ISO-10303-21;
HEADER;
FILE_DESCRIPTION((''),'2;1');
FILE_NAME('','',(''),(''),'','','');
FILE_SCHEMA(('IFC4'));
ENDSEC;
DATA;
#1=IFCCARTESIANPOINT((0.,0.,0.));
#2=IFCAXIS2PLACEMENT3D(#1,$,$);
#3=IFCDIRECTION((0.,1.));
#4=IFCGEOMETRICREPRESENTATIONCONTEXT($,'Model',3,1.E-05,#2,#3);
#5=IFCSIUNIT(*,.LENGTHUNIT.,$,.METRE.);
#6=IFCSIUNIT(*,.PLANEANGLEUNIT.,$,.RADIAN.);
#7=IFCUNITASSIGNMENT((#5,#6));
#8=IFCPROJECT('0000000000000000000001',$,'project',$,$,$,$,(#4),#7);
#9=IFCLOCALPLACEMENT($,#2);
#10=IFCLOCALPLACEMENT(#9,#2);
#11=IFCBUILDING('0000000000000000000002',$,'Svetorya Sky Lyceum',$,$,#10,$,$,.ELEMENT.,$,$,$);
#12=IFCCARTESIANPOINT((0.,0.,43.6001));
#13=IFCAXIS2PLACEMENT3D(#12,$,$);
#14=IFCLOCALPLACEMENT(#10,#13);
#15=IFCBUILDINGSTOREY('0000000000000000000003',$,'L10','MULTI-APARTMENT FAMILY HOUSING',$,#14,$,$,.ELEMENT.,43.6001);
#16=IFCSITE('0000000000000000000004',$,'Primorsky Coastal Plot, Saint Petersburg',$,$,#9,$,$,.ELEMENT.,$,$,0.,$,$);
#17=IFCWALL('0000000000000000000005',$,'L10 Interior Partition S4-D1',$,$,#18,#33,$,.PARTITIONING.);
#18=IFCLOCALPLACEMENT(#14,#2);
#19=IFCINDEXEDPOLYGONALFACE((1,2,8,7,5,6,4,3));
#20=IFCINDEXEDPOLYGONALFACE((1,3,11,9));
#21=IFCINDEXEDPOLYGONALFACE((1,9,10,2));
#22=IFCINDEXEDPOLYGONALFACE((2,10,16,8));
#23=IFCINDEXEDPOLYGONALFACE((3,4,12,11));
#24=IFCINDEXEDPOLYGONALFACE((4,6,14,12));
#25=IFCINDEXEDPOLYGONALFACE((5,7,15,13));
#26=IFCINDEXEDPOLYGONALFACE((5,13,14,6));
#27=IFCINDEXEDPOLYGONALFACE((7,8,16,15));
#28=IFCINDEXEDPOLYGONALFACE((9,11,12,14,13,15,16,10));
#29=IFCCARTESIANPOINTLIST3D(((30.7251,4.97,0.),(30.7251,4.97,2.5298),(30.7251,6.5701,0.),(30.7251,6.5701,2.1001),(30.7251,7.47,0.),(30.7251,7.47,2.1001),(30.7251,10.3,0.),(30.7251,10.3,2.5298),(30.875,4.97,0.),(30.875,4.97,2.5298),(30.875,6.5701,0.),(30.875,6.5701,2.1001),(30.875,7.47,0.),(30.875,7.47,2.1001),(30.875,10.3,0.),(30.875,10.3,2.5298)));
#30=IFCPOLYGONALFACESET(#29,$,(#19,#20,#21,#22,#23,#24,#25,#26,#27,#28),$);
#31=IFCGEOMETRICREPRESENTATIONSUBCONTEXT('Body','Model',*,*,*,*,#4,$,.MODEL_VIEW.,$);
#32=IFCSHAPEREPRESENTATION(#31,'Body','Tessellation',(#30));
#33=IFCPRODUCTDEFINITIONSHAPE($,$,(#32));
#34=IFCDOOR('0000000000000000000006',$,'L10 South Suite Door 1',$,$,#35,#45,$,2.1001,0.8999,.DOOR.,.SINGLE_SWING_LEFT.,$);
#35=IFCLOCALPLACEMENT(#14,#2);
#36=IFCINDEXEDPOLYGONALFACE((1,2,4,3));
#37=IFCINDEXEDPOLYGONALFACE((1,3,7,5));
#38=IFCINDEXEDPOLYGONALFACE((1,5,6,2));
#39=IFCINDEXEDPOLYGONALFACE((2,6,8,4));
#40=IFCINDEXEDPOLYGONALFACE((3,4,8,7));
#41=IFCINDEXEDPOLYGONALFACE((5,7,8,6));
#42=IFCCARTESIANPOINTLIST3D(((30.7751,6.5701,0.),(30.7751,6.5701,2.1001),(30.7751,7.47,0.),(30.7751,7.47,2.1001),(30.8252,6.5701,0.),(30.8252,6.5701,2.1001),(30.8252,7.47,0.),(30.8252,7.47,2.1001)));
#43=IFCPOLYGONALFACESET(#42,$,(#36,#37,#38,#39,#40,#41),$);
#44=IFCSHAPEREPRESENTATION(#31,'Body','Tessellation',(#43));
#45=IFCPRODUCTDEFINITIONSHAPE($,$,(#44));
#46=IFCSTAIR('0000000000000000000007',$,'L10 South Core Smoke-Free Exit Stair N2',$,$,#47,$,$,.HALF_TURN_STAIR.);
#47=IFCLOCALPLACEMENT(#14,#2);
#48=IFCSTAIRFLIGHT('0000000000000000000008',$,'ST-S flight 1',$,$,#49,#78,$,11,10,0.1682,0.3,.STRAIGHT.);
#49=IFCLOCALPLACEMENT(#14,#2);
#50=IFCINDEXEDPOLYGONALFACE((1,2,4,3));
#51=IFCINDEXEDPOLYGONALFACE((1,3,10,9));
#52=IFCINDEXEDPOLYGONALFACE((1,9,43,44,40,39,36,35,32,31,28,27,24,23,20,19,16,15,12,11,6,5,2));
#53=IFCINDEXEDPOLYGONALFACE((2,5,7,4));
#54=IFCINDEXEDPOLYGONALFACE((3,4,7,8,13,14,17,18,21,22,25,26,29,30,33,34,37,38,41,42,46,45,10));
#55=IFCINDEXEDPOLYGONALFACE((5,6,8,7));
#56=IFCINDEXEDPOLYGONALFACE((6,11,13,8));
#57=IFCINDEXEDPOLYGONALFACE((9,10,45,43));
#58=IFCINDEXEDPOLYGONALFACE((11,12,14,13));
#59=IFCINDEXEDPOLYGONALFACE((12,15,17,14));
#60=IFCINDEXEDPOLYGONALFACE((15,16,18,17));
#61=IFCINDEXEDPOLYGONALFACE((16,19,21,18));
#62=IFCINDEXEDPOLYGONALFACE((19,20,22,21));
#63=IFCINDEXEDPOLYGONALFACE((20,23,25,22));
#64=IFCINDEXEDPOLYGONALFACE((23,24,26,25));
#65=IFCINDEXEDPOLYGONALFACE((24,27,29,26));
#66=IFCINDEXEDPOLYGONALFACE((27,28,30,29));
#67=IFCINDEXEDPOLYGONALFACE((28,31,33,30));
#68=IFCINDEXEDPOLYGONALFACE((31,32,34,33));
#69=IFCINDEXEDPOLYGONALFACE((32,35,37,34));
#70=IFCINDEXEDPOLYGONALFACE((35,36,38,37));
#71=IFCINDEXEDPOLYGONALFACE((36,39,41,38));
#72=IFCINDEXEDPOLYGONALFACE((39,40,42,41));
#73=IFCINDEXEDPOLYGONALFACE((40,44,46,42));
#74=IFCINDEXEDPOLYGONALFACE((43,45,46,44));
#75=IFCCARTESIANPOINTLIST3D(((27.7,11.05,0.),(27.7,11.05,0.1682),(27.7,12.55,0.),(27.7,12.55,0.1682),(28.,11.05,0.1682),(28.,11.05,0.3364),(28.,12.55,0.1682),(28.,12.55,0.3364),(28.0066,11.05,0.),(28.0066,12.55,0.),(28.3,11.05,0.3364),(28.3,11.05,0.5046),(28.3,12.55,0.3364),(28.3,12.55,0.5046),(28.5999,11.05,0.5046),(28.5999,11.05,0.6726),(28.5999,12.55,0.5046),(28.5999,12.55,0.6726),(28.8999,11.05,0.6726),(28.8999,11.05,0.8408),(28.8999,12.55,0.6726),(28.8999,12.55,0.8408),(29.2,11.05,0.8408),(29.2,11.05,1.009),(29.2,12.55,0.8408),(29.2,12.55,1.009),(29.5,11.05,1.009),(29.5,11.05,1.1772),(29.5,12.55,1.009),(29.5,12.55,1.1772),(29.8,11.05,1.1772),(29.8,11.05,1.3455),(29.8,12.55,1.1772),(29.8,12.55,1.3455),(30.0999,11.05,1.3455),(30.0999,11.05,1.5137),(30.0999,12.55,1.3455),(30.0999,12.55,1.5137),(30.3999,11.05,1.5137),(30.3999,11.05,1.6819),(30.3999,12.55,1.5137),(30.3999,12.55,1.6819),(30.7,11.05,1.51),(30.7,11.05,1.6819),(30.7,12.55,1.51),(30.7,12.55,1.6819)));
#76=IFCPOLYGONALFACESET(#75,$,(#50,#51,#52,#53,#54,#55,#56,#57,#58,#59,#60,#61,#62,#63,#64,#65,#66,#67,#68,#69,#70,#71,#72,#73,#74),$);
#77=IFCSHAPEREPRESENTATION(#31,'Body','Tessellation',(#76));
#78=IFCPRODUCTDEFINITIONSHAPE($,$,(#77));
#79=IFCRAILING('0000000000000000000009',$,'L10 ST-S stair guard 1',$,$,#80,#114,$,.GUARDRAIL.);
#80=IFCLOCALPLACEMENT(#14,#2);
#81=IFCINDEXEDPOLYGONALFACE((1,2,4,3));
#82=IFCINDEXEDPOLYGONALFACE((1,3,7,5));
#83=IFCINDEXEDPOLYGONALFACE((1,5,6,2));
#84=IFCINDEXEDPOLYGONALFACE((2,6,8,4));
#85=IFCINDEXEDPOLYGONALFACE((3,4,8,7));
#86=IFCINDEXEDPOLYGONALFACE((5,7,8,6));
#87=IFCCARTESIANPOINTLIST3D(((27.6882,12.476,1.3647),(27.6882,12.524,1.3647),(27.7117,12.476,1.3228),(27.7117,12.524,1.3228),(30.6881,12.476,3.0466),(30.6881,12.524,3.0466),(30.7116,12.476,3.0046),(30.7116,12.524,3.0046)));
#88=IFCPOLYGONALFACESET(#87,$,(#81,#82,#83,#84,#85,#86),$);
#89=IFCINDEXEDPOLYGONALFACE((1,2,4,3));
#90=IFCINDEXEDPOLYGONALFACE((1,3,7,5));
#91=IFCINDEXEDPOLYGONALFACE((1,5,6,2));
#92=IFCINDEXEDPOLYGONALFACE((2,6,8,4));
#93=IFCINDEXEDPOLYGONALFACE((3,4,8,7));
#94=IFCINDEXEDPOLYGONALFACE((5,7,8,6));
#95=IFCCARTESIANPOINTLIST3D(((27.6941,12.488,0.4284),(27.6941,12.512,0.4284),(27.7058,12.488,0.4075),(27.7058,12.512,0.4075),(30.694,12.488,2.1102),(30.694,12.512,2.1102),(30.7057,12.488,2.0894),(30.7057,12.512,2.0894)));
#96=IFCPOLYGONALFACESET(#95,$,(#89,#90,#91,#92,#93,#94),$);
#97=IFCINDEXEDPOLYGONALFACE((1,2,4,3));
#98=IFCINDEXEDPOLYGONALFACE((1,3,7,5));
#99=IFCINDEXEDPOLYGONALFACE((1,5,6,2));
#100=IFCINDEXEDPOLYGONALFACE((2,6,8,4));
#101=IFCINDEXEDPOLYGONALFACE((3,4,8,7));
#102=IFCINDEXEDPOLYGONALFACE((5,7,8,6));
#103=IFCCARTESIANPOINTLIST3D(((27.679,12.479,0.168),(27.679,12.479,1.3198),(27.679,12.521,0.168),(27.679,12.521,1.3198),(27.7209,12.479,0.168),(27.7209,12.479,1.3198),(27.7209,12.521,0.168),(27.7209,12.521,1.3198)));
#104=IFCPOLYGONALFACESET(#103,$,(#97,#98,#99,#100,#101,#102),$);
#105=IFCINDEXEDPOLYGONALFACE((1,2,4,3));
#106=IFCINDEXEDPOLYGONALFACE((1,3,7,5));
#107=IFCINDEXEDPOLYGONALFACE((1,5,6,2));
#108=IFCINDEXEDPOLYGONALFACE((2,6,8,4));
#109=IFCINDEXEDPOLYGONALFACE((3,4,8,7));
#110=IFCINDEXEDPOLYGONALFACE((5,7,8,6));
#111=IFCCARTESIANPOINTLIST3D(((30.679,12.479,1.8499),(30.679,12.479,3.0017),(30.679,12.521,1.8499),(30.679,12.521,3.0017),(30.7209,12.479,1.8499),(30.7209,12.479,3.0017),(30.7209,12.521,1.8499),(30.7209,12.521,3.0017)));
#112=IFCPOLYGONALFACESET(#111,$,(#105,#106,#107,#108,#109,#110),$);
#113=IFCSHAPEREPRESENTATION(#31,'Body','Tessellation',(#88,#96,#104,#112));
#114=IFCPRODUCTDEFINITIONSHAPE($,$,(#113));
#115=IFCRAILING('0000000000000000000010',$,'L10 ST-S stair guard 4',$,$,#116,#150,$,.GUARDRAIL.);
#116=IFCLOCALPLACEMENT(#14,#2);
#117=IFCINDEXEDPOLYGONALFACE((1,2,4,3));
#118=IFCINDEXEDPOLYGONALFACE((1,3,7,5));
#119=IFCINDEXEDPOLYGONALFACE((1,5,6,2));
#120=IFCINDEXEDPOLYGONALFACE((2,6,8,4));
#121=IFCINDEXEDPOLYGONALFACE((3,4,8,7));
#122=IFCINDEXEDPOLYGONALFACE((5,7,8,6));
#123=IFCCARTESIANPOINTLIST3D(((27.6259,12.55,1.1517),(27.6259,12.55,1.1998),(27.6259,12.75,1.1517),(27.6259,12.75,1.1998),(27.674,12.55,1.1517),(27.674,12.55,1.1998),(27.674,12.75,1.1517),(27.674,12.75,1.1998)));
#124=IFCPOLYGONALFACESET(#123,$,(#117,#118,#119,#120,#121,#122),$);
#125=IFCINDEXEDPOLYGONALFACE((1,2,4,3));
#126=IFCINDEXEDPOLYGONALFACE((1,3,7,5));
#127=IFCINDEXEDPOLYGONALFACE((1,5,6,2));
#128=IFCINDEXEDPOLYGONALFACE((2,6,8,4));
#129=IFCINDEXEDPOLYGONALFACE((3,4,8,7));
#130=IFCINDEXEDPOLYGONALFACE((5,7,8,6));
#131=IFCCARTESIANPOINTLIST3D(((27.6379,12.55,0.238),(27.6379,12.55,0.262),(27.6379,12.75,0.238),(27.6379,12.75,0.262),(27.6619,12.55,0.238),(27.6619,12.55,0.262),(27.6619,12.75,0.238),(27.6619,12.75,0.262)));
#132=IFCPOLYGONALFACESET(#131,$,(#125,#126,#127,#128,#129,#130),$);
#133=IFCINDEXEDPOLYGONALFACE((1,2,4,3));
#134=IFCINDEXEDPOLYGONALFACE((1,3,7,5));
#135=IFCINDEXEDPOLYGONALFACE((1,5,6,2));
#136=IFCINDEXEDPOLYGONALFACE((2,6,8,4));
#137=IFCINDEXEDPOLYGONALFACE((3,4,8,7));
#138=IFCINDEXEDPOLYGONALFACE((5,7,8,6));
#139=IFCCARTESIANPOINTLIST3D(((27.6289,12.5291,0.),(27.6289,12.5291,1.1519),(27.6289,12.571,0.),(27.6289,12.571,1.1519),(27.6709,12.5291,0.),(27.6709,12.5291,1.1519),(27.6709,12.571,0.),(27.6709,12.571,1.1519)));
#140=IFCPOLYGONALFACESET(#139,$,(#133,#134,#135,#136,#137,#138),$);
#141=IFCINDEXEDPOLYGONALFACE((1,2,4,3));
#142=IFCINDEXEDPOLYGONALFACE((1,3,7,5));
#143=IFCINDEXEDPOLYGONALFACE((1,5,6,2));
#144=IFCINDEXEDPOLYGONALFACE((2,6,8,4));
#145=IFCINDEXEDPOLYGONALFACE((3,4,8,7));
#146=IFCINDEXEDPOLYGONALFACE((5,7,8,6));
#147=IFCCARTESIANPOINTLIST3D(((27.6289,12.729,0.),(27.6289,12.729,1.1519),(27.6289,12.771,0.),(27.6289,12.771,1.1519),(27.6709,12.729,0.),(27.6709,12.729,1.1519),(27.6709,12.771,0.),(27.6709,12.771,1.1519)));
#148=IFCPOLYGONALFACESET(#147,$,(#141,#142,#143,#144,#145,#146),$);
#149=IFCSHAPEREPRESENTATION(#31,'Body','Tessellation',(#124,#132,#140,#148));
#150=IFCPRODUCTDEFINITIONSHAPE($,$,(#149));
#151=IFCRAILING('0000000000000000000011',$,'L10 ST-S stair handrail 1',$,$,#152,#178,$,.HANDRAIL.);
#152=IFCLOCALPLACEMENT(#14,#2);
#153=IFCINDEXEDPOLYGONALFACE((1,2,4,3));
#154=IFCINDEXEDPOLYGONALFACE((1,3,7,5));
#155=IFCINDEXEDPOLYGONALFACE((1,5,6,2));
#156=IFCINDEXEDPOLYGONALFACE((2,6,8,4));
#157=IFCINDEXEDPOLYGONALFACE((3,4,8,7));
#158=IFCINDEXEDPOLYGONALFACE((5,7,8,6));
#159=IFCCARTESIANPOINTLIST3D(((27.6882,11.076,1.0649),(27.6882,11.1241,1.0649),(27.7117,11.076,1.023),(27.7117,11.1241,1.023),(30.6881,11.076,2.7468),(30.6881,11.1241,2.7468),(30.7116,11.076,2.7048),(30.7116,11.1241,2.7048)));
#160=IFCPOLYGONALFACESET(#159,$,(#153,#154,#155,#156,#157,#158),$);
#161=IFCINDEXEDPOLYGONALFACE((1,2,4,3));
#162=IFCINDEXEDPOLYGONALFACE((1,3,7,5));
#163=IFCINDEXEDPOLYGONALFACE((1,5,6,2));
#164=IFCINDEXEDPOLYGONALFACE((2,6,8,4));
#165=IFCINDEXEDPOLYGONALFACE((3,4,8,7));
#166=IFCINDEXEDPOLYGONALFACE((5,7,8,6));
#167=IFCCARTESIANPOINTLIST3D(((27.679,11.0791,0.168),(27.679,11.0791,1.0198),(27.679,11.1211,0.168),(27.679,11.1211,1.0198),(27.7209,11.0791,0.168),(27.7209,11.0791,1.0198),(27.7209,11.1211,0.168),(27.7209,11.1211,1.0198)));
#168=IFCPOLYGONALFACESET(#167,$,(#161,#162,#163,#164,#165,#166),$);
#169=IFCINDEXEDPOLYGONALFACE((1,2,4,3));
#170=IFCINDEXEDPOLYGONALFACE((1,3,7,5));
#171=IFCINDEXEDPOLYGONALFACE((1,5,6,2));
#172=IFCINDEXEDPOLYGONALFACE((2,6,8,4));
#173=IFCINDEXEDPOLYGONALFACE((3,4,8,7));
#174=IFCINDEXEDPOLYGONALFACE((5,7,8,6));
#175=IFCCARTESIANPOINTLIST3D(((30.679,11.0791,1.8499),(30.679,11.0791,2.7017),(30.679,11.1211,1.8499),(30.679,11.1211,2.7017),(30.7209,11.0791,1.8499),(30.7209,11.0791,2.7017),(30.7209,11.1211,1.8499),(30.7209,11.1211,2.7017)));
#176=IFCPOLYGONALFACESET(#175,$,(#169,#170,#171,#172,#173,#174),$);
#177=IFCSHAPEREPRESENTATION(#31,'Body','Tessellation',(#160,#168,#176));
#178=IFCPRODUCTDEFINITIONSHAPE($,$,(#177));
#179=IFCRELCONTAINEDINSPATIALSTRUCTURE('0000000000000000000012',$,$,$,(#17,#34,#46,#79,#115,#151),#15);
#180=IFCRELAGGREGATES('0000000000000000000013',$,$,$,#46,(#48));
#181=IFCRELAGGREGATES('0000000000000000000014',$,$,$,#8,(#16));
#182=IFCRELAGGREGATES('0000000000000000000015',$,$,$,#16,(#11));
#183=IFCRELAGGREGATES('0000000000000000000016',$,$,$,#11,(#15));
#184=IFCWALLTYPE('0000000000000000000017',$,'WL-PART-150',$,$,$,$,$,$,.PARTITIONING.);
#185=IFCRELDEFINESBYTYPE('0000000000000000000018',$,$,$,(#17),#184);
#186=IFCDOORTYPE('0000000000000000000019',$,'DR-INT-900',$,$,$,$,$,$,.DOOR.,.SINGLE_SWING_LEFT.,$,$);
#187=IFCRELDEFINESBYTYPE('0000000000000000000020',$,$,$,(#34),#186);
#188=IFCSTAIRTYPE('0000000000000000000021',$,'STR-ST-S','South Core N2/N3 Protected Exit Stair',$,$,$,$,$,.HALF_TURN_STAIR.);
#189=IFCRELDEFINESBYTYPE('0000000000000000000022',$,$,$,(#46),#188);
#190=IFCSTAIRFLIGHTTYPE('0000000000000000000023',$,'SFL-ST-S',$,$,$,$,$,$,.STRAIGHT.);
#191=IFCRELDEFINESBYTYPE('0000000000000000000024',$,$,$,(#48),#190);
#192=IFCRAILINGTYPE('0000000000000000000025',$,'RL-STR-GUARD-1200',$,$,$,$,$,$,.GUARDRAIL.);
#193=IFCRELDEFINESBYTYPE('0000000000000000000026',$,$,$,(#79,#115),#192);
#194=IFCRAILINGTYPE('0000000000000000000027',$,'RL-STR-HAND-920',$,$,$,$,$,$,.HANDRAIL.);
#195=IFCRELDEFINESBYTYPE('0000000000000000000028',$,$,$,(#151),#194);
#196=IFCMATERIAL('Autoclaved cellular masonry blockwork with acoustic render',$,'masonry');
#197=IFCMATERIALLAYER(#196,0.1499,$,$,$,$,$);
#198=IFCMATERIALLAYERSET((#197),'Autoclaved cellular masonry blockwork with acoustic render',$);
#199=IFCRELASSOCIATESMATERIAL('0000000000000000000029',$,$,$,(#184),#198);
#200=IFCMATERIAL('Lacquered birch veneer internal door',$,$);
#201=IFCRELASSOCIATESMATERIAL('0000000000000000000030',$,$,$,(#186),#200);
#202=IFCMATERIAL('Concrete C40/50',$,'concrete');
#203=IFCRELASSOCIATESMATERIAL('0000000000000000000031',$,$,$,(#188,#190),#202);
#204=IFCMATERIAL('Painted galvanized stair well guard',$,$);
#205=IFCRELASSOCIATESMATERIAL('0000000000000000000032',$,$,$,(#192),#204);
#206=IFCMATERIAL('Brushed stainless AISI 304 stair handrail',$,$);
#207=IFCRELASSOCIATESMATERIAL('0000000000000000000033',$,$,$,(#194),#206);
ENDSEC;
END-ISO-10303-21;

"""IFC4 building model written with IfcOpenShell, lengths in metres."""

from ifc_helpers import new_model, si_unit, direction, frame, frame_2d, origin, origin_2d, place, context, subcontext, project, spatial, polyline, rectangle, outline, extrude, material, layer, layer_set, type_object, element, fill, aggregate, save


model = new_model("IFC4")

# Units and contexts
model_context = context("Model", 3, precision=1e-05, world=origin(), true_north=direction((0.0, 1.0)))
body_context = subcontext(model_context, "Body", "Model", "MODEL_VIEW")
ifc_project = project(units=[si_unit("LENGTHUNIT", "METRE"), si_unit("PLANEANGLEUNIT", "RADIAN")], contexts=[model_context])

# Site, building, storey
site_placement = place(None, origin())
site = spatial("IfcSite", under=ifc_project, at=site_placement, Name="Primorsky Coastal Plot, Saint Petersburg", CompositionType="ELEMENT", RefElevation=0.0)
building_placement = place(site_placement, origin())
building = spatial("IfcBuilding", under=site, at=building_placement, Name="Svetorya Sky Lyceum", CompositionType="ELEMENT")
storey_placement = place(building_placement, frame((0.0, 0.0, 43.6001)))
storey = spatial("IfcBuildingStorey", under=building, at=storey_placement, Name="L10", Description="MULTI-APARTMENT FAMILY HOUSING", CompositionType="ELEMENT", Elevation=43.6001)

# Shared definitions
ifc_material_1 = material(Name="Concrete C40/50", Category="concrete")

# Wall, opening, door
ifc_material_2 = material(Name="Autoclaved cellular masonry blockwork with acoustic render", Category="masonry")
ifc_layer_1 = layer(ifc_material_2, 0.1499)
ifc_layer_set_1 = layer_set([ifc_layer_1], Name="Autoclaved cellular masonry blockwork with acoustic render")
wall_type_1 = type_object("IfcWallType", Name="WL-PART-150", PredefinedType="PARTITIONING", material=ifc_layer_set_1)
wall_1_placement = place(storey_placement, frame((30.8, 4.97, 0.0), z_axis=(0.0, 0.0, 1.0), x_axis=(0.0, 1.0, 0.0)))
wall_1 = element("IfcWall", 1, at=wall_1_placement, inside=storey, type_object=wall_type_1, Name="L10 Interior Partition S4-D1", PredefinedType="PARTITIONING", context=body_context, shape_type="SweptSolid", body=[
    extrude(rectangle(XDim=5.3301, YDim=0.1499, at=frame_2d((2.665, 0.0))), origin(), (0.0, 0.0, 1.0), 2.5298),
])
opening_placement = place(wall_1_placement, frame((1.6001, 0.0, 0.0)))
opening = element("IfcOpeningElement", 2, at=opening_placement, cuts=wall_1, PredefinedType="OPENING", context=body_context, shape_type="SweptSolid", body=[
    extrude(rectangle(XDim=0.8999, YDim=2.1001, at=frame_2d((0.45, 1.05))), frame((0.0, 0.085, 0.0), z_axis=(0.0, -1.0, 0.0), x_axis=(1.0, 0.0, 0.0)), (0.0, 0.0, 1.0), 0.1699),
])
ifc_material_3 = material(Name="Lacquered birch veneer internal door")
door_type = type_object("IfcDoorType", Name="DR-INT-900", OperationType="SINGLE_SWING_LEFT", PredefinedType="DOOR", material=ifc_material_3)
door_placement = place(opening_placement, origin())
door = element("IfcDoor", 3, at=door_placement, inside=storey, type_object=door_type, Name="L10 South Suite Door 1", OperationType="SINGLE_SWING_LEFT", OverallHeight=2.1001, OverallWidth=0.8999, PredefinedType="DOOR", context=body_context, shape_type="SweptSolid", body=[
    extrude(rectangle(XDim=0.8999, YDim=2.1001, at=frame_2d((0.45, 1.05))), frame((0.0, 0.0249, 0.0), z_axis=(0.0, -1.0, 0.0), x_axis=(1.0, 0.0, 0.0)), (0.0, 0.0, 1.0), 0.05),
])
fill(opening, door)

# Stair, stair flight
stair_type = type_object("IfcStairType", Name="STR-ST-S", Description="South Core N2/N3 Protected Exit Stair", PredefinedType="HALF_TURN_STAIR", material=ifc_material_1)
stair_placement = place(storey_placement, origin())
stair = element("IfcStair", 4, at=stair_placement, inside=storey, type_object=stair_type, Name="L10 South Core Smoke-Free Exit Stair N2", PredefinedType="HALF_TURN_STAIR")
stair_flight_type = type_object("IfcStairFlightType", Name="SFL-ST-S", PredefinedType="STRAIGHT", material=ifc_material_1)
stair_flight_placement = place(storey_placement, frame((27.7, 11.8, 0.0), z_axis=(0.0, 0.0, 1.0), x_axis=(1.0, 0.0, 0.0)))
stair_flight = element("IfcStairFlight", 5, at=stair_flight_placement, type_object=stair_flight_type, Name="ST-S flight 1", NumberOfRisers=11, NumberOfTreads=10, PredefinedType="STRAIGHT", RiserHeight=0.1682, TreadLength=0.3, context=body_context, shape_type="SweptSolid", body=[
    extrude(outline(polyline([(0.0, 0.0), (0.0, 0.1682), (0.3, 0.1682), (0.3, 0.3364), (0.6001, 0.3364), (0.6001, 0.5046), (0.8999, 0.5046), (0.8999, 0.6726), (1.2, 0.6726), (1.2, 0.8408), (1.5, 0.8408), (1.5, 1.009), (1.8, 1.009), (1.8, 1.1772), (2.1001, 1.1772), (2.1001, 1.3455), (2.3999, 1.3455), (2.3999, 1.5137), (2.7, 1.5137), (2.7, 1.6819), (3.0, 1.6819), (3.0, 1.8501), (3.0, 1.51), (0.3066, 0.0), (0.0, 0.0)])), frame((0.0, 0.75, 0.0), z_axis=(0.0, -1.0, 0.0), x_axis=(1.0, 0.0, 0.0)), (0.0, 0.0, 1.0), 1.5),
])
aggregate(stair, [stair_flight])

# Railings
ifc_material_4 = material(Name="Painted galvanized stair well guard")
railing_type_1 = type_object("IfcRailingType", Name="RL-STR-GUARD-1200", PredefinedType="GUARDRAIL", material=ifc_material_4)
railing_1_placement = place(storey_placement, frame((27.7, 12.5, 0.168)))
element("IfcRailing", 6, at=railing_1_placement, inside=storey, type_object=railing_type_1, Name="L10 ST-S stair guard 1", PredefinedType="GUARDRAIL", context=body_context, shape_type="SweptSolid", body=[
    extrude(rectangle(XDim=0.0481, YDim=0.0481, at=origin_2d()), frame((0.0, 0.0, 1.1758), z_axis=(0.872272, 0.0, 0.48902), x_axis=(0.0, 1.0, 0.0)), (0.0, 0.0, 1.0), 3.4392),
    extrude(rectangle(XDim=0.0239, YDim=0.0239, at=origin_2d()), frame((0.0, 0.0, 0.25), z_axis=(0.872272, 0.0, 0.48902), x_axis=(0.0, 1.0, 0.0)), (0.0, 0.0, 1.0), 3.4392),
    extrude(rectangle(XDim=0.042, YDim=0.042, at=origin_2d()), origin(), (0.0, 0.0, 1.0), 1.1519),
    extrude(rectangle(XDim=0.042, YDim=0.042, at=origin_2d()), frame((3.0, 0.0, 1.6819)), (0.0, 0.0, 1.0), 1.1519),
])
railing_2_placement = place(storey_placement, frame((27.6499, 12.55, 0.0)))
element("IfcRailing", 7, at=railing_2_placement, inside=storey, type_object=railing_type_1, Name="L10 ST-S stair guard 4", PredefinedType="GUARDRAIL", context=body_context, shape_type="SweptSolid", body=[
    extrude(rectangle(XDim=0.0481, YDim=0.0481, at=origin_2d()), frame((0.0, 0.0, 1.1758), z_axis=(0.0, 1.0, 0.0), x_axis=(-1.0, 0.0, 0.0)), (0.0, 0.0, 1.0), 0.2),
    extrude(rectangle(XDim=0.0239, YDim=0.0239, at=origin_2d()), frame((0.0, 0.0, 0.25), z_axis=(0.0, 1.0, 0.0), x_axis=(-1.0, 0.0, 0.0)), (0.0, 0.0, 1.0), 0.2),
    extrude(rectangle(XDim=0.042, YDim=0.042, at=origin_2d()), origin(), (0.0, 0.0, 1.0), 1.1519),
    extrude(rectangle(XDim=0.042, YDim=0.042, at=origin_2d()), frame((0.0, 0.2, 0.0)), (0.0, 0.0, 1.0), 1.1519),
])
ifc_material_5 = material(Name="Brushed stainless AISI 304 stair handrail")
railing_type_2 = type_object("IfcRailingType", Name="RL-STR-HAND-920", PredefinedType="HANDRAIL", material=ifc_material_5)
railing_3_placement = place(storey_placement, frame((27.7, 11.1001, 0.168)))
element("IfcRailing", 8, at=railing_3_placement, inside=storey, type_object=railing_type_2, Name="L10 ST-S stair handrail 1", PredefinedType="HANDRAIL", context=body_context, shape_type="SweptSolid", body=[
    extrude(rectangle(XDim=0.0481, YDim=0.0481, at=origin_2d()), frame((0.0, 0.0, 0.876), z_axis=(0.872272, 0.0, 0.48902), x_axis=(0.0, 1.0, 0.0)), (0.0, 0.0, 1.0), 3.4392),
    extrude(rectangle(XDim=0.042, YDim=0.042, at=origin_2d()), origin(), (0.0, 0.0, 1.0), 0.8518),
    extrude(rectangle(XDim=0.042, YDim=0.042, at=origin_2d()), frame((3.0, 0.0, 1.6819)), (0.0, 0.0, 1.0), 0.8518),
])

save(model, "model.ifc")
